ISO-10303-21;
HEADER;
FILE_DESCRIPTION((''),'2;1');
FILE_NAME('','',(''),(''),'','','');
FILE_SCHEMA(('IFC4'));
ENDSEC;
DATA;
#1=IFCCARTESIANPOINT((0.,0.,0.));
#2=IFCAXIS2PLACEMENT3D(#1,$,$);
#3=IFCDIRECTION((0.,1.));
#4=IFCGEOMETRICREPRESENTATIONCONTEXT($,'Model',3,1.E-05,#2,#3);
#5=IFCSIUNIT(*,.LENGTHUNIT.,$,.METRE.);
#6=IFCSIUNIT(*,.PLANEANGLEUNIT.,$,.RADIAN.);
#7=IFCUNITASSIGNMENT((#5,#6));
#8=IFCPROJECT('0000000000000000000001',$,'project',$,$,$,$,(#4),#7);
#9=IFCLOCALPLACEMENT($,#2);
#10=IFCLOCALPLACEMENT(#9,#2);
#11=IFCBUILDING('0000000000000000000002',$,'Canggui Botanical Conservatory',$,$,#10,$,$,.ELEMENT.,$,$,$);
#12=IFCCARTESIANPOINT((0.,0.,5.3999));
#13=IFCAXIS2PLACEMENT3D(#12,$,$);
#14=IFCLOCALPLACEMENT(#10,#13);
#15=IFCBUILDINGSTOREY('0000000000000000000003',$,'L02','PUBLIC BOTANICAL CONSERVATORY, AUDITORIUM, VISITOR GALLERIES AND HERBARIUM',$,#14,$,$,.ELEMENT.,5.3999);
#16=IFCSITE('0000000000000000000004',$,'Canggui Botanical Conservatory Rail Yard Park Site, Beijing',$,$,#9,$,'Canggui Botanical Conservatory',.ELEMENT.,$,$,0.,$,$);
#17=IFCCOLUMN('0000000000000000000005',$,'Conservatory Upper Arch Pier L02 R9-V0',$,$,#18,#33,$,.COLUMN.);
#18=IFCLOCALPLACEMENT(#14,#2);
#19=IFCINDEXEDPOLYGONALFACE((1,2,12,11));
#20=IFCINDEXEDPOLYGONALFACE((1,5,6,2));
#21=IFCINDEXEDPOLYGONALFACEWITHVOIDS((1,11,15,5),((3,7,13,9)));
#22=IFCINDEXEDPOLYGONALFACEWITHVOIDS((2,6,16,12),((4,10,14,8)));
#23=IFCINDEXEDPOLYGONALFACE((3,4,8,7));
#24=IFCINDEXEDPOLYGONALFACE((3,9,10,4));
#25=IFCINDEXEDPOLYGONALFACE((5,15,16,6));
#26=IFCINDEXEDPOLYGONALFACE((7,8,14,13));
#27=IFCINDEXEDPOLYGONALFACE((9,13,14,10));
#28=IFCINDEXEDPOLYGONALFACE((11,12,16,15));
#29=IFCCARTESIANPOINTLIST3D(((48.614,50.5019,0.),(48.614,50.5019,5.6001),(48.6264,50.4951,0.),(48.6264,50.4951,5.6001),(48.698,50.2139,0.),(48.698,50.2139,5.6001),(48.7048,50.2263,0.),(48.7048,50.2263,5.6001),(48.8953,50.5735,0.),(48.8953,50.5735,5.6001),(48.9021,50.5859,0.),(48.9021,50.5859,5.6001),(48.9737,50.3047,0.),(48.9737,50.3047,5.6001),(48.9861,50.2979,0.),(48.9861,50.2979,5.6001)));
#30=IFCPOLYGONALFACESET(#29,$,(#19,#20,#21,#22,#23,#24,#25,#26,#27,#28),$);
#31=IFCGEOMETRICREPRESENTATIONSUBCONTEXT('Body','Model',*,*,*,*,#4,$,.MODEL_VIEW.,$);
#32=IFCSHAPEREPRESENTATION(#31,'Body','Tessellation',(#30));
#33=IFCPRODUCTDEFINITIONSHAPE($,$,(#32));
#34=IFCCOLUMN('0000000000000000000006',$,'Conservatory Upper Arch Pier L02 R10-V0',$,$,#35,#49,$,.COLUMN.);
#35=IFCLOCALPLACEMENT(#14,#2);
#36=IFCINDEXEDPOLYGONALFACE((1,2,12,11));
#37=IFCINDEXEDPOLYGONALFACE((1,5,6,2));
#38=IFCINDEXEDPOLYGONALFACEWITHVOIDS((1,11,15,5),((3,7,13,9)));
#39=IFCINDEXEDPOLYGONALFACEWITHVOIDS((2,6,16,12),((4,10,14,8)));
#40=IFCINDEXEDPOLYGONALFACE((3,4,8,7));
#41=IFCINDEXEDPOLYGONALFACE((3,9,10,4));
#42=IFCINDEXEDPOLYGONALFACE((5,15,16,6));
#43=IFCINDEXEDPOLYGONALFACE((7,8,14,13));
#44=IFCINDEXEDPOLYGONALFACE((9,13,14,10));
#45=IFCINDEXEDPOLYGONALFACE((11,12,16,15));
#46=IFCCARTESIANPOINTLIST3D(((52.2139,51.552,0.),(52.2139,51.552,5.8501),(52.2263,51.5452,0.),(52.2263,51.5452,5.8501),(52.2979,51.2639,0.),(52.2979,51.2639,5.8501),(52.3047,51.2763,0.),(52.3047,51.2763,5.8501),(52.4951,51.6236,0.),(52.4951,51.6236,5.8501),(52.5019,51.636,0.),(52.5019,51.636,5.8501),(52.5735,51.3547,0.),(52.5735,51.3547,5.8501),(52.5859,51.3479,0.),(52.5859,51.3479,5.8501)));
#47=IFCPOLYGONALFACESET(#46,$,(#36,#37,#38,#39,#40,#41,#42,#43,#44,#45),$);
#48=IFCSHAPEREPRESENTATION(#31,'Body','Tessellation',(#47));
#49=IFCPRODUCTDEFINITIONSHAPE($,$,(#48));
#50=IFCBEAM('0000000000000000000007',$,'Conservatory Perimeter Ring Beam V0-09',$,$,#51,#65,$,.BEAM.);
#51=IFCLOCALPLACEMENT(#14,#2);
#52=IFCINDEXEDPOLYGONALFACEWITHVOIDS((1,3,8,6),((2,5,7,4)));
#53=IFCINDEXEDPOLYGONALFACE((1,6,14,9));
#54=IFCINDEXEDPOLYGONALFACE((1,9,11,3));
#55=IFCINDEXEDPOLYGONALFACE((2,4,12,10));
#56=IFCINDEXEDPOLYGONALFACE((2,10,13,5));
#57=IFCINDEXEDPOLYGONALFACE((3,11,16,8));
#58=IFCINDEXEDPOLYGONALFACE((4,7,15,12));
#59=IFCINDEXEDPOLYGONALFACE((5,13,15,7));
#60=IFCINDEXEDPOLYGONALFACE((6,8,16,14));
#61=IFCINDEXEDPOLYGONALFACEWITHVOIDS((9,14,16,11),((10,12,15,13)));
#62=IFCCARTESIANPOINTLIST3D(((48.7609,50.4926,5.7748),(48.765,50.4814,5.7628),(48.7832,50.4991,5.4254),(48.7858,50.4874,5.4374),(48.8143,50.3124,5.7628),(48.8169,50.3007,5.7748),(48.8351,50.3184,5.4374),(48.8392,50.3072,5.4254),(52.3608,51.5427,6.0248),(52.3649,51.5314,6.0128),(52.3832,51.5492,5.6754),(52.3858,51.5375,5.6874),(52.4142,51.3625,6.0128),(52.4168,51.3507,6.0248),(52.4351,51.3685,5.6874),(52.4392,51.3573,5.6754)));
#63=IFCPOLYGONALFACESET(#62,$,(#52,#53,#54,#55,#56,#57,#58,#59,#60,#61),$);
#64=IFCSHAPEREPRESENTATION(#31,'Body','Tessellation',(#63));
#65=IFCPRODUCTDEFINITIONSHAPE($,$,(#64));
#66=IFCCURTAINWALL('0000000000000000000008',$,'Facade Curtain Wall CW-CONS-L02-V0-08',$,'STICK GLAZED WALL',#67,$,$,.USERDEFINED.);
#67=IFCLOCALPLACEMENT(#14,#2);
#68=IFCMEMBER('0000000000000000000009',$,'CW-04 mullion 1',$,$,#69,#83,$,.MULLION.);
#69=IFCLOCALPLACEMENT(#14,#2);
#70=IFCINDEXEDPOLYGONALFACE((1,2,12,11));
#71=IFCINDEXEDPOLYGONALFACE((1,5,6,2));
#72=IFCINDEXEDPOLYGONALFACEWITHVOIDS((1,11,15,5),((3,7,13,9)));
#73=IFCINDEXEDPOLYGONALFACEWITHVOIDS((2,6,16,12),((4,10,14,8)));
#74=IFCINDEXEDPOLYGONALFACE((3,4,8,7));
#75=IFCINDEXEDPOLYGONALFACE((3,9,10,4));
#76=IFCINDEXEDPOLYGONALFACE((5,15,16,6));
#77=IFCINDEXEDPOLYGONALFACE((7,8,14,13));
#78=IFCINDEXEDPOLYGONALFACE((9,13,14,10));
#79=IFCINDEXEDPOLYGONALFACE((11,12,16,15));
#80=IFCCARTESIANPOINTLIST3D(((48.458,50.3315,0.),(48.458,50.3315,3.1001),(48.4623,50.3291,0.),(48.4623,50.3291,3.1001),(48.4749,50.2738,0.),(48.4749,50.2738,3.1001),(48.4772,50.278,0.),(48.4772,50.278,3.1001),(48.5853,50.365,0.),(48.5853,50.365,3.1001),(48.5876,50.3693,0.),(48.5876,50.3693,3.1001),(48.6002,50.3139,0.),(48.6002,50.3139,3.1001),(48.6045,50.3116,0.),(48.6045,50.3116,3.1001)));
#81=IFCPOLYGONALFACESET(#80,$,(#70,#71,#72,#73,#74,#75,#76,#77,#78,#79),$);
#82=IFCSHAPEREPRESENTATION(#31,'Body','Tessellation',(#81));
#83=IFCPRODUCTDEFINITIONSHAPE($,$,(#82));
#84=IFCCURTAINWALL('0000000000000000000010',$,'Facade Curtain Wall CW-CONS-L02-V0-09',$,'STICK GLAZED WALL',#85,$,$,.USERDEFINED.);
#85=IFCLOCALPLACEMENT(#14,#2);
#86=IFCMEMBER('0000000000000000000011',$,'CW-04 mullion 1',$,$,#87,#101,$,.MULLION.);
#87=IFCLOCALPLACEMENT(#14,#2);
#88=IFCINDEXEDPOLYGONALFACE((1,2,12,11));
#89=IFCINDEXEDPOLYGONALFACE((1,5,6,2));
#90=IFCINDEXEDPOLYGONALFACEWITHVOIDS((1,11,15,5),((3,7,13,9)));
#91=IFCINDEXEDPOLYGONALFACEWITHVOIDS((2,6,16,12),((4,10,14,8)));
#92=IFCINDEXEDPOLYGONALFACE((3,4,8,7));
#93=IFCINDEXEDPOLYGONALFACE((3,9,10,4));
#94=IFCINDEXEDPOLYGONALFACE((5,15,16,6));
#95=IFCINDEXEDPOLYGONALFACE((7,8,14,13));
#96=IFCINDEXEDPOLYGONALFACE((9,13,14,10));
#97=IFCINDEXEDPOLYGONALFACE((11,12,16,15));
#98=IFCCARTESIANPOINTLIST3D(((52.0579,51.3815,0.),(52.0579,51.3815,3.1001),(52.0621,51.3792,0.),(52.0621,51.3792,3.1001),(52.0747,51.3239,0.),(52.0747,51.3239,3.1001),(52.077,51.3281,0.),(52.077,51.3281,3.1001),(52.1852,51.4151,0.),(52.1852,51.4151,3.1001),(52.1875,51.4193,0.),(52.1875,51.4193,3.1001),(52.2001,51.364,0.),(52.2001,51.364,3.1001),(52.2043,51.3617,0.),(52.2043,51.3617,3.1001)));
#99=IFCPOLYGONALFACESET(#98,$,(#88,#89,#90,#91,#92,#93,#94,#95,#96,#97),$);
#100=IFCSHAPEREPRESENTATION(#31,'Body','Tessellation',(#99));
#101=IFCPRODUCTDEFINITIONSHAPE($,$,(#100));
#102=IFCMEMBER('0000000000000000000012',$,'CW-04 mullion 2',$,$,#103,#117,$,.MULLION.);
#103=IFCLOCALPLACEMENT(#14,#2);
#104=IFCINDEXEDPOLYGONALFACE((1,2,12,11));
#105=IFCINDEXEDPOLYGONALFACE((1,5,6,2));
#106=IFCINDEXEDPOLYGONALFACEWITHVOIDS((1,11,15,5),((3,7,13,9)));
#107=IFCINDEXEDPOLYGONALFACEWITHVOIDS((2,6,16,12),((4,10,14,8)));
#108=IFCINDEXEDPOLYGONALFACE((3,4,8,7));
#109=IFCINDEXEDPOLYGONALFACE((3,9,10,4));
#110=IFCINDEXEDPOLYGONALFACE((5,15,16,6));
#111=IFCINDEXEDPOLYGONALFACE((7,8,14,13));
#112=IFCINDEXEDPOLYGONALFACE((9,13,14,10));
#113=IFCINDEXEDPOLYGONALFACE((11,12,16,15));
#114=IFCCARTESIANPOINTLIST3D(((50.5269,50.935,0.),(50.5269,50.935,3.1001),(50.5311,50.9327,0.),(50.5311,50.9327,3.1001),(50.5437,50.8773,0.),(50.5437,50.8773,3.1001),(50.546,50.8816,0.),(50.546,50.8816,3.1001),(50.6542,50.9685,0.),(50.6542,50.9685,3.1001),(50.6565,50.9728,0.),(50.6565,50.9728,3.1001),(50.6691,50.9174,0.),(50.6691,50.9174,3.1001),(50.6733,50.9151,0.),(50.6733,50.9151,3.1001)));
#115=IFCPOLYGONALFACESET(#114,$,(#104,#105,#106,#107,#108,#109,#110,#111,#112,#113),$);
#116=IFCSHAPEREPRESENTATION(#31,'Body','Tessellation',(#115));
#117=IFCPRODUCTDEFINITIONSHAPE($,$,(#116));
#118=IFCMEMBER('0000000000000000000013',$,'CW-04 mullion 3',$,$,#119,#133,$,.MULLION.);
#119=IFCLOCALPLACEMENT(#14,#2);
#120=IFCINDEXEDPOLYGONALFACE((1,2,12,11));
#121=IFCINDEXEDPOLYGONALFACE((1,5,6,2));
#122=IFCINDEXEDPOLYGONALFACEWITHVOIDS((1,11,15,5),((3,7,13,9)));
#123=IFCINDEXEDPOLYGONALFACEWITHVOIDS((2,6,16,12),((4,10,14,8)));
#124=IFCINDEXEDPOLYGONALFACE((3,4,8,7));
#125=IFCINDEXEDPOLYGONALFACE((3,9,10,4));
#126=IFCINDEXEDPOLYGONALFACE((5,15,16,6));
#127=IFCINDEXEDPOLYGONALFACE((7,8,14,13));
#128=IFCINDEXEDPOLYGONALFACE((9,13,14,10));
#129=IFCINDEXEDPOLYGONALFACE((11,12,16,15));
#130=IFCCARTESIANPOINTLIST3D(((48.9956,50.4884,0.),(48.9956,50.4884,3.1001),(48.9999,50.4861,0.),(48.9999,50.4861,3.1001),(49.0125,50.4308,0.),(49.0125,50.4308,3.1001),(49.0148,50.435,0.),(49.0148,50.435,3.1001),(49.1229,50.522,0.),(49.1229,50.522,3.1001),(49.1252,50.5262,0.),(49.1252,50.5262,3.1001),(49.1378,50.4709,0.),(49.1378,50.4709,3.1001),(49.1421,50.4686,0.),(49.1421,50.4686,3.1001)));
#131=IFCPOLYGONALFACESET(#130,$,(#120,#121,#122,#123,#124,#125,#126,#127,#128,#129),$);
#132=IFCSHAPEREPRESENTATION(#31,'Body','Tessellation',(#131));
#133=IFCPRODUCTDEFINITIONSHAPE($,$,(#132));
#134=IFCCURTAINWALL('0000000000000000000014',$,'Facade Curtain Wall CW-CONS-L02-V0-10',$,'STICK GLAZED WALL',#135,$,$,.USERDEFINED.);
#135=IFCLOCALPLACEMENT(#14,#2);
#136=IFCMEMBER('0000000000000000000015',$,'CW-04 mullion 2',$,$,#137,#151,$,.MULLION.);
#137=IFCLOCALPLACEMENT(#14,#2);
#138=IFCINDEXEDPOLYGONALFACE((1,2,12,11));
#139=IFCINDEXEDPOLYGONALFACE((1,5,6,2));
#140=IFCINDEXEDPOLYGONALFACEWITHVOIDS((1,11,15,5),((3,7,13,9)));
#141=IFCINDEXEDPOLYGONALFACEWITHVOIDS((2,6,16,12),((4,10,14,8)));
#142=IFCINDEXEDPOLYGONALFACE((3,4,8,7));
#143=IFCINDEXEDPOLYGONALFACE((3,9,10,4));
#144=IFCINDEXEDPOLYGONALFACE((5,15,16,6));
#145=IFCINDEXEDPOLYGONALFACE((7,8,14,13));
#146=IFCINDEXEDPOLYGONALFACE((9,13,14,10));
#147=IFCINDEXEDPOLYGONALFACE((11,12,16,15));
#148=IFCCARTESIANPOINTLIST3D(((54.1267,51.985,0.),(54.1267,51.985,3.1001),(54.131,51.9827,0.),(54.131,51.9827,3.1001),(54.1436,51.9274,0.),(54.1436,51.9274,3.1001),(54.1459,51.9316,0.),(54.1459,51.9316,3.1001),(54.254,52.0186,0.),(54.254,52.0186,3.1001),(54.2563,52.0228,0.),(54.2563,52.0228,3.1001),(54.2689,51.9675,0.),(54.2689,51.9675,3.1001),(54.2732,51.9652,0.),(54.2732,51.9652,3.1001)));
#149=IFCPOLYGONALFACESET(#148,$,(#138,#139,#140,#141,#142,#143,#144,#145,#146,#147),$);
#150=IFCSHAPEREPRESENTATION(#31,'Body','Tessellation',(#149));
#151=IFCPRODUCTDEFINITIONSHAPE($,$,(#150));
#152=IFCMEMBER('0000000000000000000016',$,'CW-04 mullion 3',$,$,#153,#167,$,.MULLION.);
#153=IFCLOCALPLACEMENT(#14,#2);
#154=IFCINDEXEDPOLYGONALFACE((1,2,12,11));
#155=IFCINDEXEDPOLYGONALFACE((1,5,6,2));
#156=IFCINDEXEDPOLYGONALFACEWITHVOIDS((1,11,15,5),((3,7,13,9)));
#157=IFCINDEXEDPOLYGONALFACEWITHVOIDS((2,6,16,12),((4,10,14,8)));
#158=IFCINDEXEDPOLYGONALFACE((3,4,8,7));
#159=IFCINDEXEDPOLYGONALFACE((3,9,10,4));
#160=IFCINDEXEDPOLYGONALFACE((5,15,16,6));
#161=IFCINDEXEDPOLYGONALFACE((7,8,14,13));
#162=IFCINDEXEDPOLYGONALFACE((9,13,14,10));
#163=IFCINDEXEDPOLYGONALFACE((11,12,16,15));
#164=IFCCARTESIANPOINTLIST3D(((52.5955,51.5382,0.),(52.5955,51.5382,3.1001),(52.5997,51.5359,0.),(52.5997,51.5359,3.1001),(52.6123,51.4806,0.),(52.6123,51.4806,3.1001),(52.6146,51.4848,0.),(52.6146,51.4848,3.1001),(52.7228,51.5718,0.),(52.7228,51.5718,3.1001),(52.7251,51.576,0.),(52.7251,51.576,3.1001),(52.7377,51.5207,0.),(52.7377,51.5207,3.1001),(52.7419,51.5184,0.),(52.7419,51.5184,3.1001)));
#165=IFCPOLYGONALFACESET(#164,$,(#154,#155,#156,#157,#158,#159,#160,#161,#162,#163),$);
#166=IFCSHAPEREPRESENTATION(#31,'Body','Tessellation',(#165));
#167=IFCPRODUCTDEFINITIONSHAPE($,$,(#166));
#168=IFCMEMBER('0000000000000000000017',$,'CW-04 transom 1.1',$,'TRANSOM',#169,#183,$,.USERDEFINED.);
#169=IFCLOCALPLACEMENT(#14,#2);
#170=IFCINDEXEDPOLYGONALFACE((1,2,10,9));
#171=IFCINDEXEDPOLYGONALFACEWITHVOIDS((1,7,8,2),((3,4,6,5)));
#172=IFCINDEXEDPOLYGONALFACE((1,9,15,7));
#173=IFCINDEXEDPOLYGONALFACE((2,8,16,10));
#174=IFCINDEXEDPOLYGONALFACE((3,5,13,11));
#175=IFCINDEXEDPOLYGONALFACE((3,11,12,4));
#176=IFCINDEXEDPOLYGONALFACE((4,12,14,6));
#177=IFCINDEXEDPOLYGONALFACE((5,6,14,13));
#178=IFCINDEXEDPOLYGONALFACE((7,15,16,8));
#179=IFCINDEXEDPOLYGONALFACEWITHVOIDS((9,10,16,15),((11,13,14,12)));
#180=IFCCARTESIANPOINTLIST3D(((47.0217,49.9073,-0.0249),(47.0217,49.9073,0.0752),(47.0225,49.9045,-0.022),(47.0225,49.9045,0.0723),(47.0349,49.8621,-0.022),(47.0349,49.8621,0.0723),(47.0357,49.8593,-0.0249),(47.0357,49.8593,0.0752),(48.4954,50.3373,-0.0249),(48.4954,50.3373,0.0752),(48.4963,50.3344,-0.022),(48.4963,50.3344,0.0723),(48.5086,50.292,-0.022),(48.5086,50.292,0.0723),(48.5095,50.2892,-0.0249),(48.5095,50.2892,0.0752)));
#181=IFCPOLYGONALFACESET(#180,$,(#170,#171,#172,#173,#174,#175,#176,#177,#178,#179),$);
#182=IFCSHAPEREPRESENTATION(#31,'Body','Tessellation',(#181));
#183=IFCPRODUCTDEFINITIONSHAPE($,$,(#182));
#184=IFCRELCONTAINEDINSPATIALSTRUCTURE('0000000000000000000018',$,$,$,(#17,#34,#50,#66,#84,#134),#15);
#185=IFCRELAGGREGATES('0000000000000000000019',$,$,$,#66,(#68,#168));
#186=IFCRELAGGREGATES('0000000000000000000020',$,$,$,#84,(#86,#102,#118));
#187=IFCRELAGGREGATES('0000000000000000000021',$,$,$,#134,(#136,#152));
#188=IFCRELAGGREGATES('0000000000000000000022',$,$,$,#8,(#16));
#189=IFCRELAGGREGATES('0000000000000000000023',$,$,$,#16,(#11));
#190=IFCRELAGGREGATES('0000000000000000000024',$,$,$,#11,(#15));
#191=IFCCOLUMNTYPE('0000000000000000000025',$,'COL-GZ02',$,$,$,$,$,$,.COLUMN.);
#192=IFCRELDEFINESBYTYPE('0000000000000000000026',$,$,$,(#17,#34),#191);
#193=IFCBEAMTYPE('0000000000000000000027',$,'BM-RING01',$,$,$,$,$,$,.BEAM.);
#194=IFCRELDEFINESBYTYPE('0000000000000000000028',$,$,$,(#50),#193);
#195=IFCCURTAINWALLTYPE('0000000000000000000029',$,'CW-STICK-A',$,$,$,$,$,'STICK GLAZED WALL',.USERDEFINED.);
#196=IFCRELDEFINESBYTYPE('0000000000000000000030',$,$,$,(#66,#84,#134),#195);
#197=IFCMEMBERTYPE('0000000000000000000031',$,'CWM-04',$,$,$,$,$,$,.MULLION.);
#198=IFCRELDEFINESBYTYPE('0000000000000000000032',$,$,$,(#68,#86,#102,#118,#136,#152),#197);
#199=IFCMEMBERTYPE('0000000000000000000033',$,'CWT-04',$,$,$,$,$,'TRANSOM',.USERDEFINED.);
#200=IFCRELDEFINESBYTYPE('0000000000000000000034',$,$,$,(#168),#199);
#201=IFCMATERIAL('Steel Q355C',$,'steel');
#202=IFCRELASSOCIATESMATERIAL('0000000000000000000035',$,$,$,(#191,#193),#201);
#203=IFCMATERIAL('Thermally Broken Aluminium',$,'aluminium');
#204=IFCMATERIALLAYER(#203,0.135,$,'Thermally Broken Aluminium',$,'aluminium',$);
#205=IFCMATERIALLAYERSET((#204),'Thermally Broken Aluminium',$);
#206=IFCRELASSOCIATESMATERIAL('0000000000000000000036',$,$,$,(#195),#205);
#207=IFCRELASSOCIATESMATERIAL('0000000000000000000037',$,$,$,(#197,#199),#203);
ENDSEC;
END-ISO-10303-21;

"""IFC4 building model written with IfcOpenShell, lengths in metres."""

from ifc_helpers import new_model, si_unit, direction, frame, origin, origin_2d, place, context, subcontext, project, spatial, hollow_rectangle, extrude, material, layer, layer_set, material_profile, profile_set, type_object, element, aggregate, save


model = new_model("IFC4")

# Units and contexts
model_context = context("Model", 3, precision=1e-05, world=origin(), true_north=direction((0.0, 1.0)))
body_context = subcontext(model_context, "Body", "Model", "MODEL_VIEW")
ifc_project = project(units=[si_unit("LENGTHUNIT", "METRE"), si_unit("PLANEANGLEUNIT", "RADIAN")], contexts=[model_context])

# Site, building, storey
site_placement = place(None, origin())
site = spatial("IfcSite", under=ifc_project, at=site_placement, Name="Canggui Botanical Conservatory Rail Yard Park Site, Beijing", LongName="Canggui Botanical Conservatory", CompositionType="ELEMENT", RefElevation=0.0)
building_placement = place(site_placement, origin())
building = spatial("IfcBuilding", under=site, at=building_placement, Name="Canggui Botanical Conservatory", CompositionType="ELEMENT")
storey_placement = place(building_placement, frame((0.0, 0.0, 5.3999)))
storey = spatial("IfcBuildingStorey", under=building, at=storey_placement, Name="L02", Description="PUBLIC BOTANICAL CONSERVATORY, AUDITORIUM, VISITOR GALLERIES AND HERBARIUM", CompositionType="ELEMENT", Elevation=5.3999)

# Columns
ifc_material_1 = material(Name="Steel Q355C", Category="steel")
ifc_material_profile_1 = material_profile(ifc_material_1, hollow_rectangle(XDim=0.3, YDim=0.3, WallThickness=0.01, at=origin_2d()), Name="SHS 300x300x10")
ifc_profile_set_1 = profile_set([ifc_material_profile_1], Name="Steel Q355C")
column_type = type_object("IfcColumnType", Name="COL-GZ02", PredefinedType="COLUMN", material=ifc_profile_set_1)
column_1_placement = place(storey_placement, frame((48.8, 50.3999, 0.0), z_axis=(0.0, 0.0, 1.0), x_axis=(0.96, 0.28, 0.0)))
element("IfcColumn", 1, at=column_1_placement, inside=storey, type_object=column_type, Name="Conservatory Upper Arch Pier L02 R9-V0", PredefinedType="COLUMN", context=body_context, shape_type="SweptSolid", body=[
    extrude(hollow_rectangle(XDim=0.3, YDim=0.3, WallThickness=0.01, at=origin_2d()), origin(), (0.0, 0.0, 1.0), 5.6001),
])
column_2_placement = place(storey_placement, frame((52.3999, 51.45, 0.0), z_axis=(0.0, 0.0, 1.0), x_axis=(0.96, 0.28, 0.0)))
element("IfcColumn", 2, at=column_2_placement, inside=storey, type_object=column_type, Name="Conservatory Upper Arch Pier L02 R10-V0", PredefinedType="COLUMN", context=body_context, shape_type="SweptSolid", body=[
    extrude(hollow_rectangle(XDim=0.3, YDim=0.3, WallThickness=0.01, at=origin_2d()), origin(), (0.0, 0.0, 1.0), 5.8501),
])

# Beam
ifc_material_profile_2 = material_profile(ifc_material_1, hollow_rectangle(XDim=0.2, YDim=0.3501, WallThickness=0.012, at=origin_2d()), Name="RHS 200x350x12")
ifc_profile_set_2 = profile_set([ifc_material_profile_2], Name="Steel Q355C")
beam_type = type_object("IfcBeamType", Name="BM-RING01", PredefinedType="BEAM", material=ifc_profile_set_2)
beam_placement = place(storey_placement, frame((48.8, 50.3999, 5.6001), z_axis=(0.957867, 0.279402, 0.066521), x_axis=(-0.280023, 0.959993, 0.0)))
element("IfcBeam", 3, at=beam_placement, inside=storey, type_object=beam_type, Name="Conservatory Perimeter Ring Beam V0-09", PredefinedType="BEAM", context=body_context, shape_type="SweptSolid", body=[
    extrude(hollow_rectangle(XDim=0.2, YDim=0.3501, WallThickness=0.012, at=origin_2d()), origin(), (0.0, 0.0, 1.0), 3.7583),
])

# Curtain wall, member
ifc_material_2 = material(Name="Thermally Broken Aluminium", Category="aluminium")
ifc_layer_1 = layer(ifc_material_2, 0.135, Name="Thermally Broken Aluminium", Category="aluminium")
ifc_layer_set_1 = layer_set([ifc_layer_1], Name="Thermally Broken Aluminium")
curtain_wall_type = type_object("IfcCurtainWallType", Name="CW-STICK-A", ElementType="STICK GLAZED WALL", PredefinedType="USERDEFINED", material=ifc_layer_set_1)
curtain_wall_1_placement = place(storey_placement, origin())
curtain_wall_1 = element("IfcCurtainWall", 4, at=curtain_wall_1_placement, inside=storey, type_object=curtain_wall_type, Name="Facade Curtain Wall CW-CONS-L02-V0-08", ObjectType="STICK GLAZED WALL", PredefinedType="USERDEFINED")
ifc_material_profile_3 = material_profile(ifc_material_2, hollow_rectangle(XDim=0.0601, YDim=0.135, WallThickness=0.0034, at=origin_2d()), Name="CWM 60x135x3.5")
ifc_profile_set_3 = profile_set([ifc_material_profile_3], Name="Thermally Broken Aluminium")
member_type_1 = type_object("IfcMemberType", Name="CWM-04", PredefinedType="MULLION", material=ifc_profile_set_3)
member_1_placement = place(storey_placement, frame((48.5312, 50.3215, 0.0), z_axis=(0.0, 0.0, 1.0), x_axis=(0.28, -0.96, 0.0)))
member_1 = element("IfcMember", 5, at=member_1_placement, type_object=member_type_1, Name="CW-04 mullion 1", PredefinedType="MULLION", context=body_context, shape_type="SweptSolid", body=[
    extrude(hollow_rectangle(XDim=0.0601, YDim=0.135, WallThickness=0.0034, at=origin_2d()), origin(), (0.0, 0.0, 1.0), 3.1001),
])

# Curtain walls, members
curtain_wall_2_placement = place(storey_placement, origin())
curtain_wall_2 = element("IfcCurtainWall", 6, at=curtain_wall_2_placement, inside=storey, type_object=curtain_wall_type, Name="Facade Curtain Wall CW-CONS-L02-V0-09", ObjectType="STICK GLAZED WALL", PredefinedType="USERDEFINED")
member_2_placement = place(storey_placement, frame((52.1311, 51.3716, 0.0), z_axis=(0.0, 0.0, 1.0), x_axis=(0.28, -0.96, 0.0)))
member_2 = element("IfcMember", 7, at=member_2_placement, type_object=member_type_1, Name="CW-04 mullion 1", PredefinedType="MULLION", context=body_context, shape_type="SweptSolid", body=[
    extrude(hollow_rectangle(XDim=0.0601, YDim=0.135, WallThickness=0.0034, at=origin_2d()), origin(), (0.0, 0.0, 1.0), 3.1001),
])
member_3_placement = place(storey_placement, frame((50.6001, 50.925, 0.0), z_axis=(0.0, 0.0, 1.0), x_axis=(0.28, -0.96, 0.0)))
member_3 = element("IfcMember", 8, at=member_3_placement, type_object=member_type_1, Name="CW-04 mullion 2", PredefinedType="MULLION", context=body_context, shape_type="SweptSolid", body=[
    extrude(hollow_rectangle(XDim=0.0601, YDim=0.135, WallThickness=0.0034, at=origin_2d()), origin(), (0.0, 0.0, 1.0), 3.1001),
])
member_4_placement = place(storey_placement, frame((49.0688, 50.4785, 0.0), z_axis=(0.0, 0.0, 1.0), x_axis=(0.28, -0.96, 0.0)))
member_4 = element("IfcMember", 9, at=member_4_placement, type_object=member_type_1, Name="CW-04 mullion 3", PredefinedType="MULLION", context=body_context, shape_type="SweptSolid", body=[
    extrude(hollow_rectangle(XDim=0.0601, YDim=0.135, WallThickness=0.0034, at=origin_2d()), origin(), (0.0, 0.0, 1.0), 3.1001),
])
curtain_wall_3_placement = place(storey_placement, origin())
curtain_wall_3 = element("IfcCurtainWall", 10, at=curtain_wall_3_placement, inside=storey, type_object=curtain_wall_type, Name="Facade Curtain Wall CW-CONS-L02-V0-10", ObjectType="STICK GLAZED WALL", PredefinedType="USERDEFINED")
member_5_placement = place(storey_placement, frame((54.2, 51.9751, 0.0), z_axis=(0.0, 0.0, 1.0), x_axis=(0.28, -0.96, 0.0)))
member_5 = element("IfcMember", 11, at=member_5_placement, type_object=member_type_1, Name="CW-04 mullion 2", PredefinedType="MULLION", context=body_context, shape_type="SweptSolid", body=[
    extrude(hollow_rectangle(XDim=0.0601, YDim=0.135, WallThickness=0.0034, at=origin_2d()), origin(), (0.0, 0.0, 1.0), 3.1001),
])
member_6_placement = place(storey_placement, frame((52.6687, 51.5283, 0.0), z_axis=(0.0, 0.0, 1.0), x_axis=(0.28, -0.96, 0.0)))
member_6 = element("IfcMember", 12, at=member_6_placement, type_object=member_type_1, Name="CW-04 mullion 3", PredefinedType="MULLION", context=body_context, shape_type="SweptSolid", body=[
    extrude(hollow_rectangle(XDim=0.0601, YDim=0.135, WallThickness=0.0034, at=origin_2d()), origin(), (0.0, 0.0, 1.0), 3.1001),
])

# Member
ifc_material_profile_4 = material_profile(ifc_material_2, hollow_rectangle(XDim=0.05, YDim=0.1001, WallThickness=0.0029, at=origin_2d()), Name="CWT 50x100x3")
ifc_profile_set_4 = profile_set([ifc_material_profile_4], Name="Thermally Broken Aluminium")
member_type_2 = type_object("IfcMemberType", Name="CWT-04", ElementType="TRANSOM", PredefinedType="USERDEFINED", material=ifc_profile_set_4)
member_7_placement = place(storey_placement, frame((48.5024, 50.3132, 0.0251), z_axis=(-0.959979, -0.280073, 0.0), x_axis=(0.280073, -0.959979, 0.0)))
member_7 = element("IfcMember", 13, at=member_7_placement, type_object=member_type_2, Name="CW-04 transom 1.1", ObjectType="TRANSOM", PredefinedType="USERDEFINED", context=body_context, shape_type="SweptSolid", body=[
    extrude(hollow_rectangle(XDim=0.05, YDim=0.1001, WallThickness=0.0029, at=origin_2d()), origin(), (0.0, 0.0, 1.0), 1.5352),
])
aggregate(curtain_wall_1, [member_1, member_7])

aggregate(curtain_wall_2, [member_2, member_3, member_4])
aggregate(curtain_wall_3, [member_5, member_6])

save(model, "model.ifc")
